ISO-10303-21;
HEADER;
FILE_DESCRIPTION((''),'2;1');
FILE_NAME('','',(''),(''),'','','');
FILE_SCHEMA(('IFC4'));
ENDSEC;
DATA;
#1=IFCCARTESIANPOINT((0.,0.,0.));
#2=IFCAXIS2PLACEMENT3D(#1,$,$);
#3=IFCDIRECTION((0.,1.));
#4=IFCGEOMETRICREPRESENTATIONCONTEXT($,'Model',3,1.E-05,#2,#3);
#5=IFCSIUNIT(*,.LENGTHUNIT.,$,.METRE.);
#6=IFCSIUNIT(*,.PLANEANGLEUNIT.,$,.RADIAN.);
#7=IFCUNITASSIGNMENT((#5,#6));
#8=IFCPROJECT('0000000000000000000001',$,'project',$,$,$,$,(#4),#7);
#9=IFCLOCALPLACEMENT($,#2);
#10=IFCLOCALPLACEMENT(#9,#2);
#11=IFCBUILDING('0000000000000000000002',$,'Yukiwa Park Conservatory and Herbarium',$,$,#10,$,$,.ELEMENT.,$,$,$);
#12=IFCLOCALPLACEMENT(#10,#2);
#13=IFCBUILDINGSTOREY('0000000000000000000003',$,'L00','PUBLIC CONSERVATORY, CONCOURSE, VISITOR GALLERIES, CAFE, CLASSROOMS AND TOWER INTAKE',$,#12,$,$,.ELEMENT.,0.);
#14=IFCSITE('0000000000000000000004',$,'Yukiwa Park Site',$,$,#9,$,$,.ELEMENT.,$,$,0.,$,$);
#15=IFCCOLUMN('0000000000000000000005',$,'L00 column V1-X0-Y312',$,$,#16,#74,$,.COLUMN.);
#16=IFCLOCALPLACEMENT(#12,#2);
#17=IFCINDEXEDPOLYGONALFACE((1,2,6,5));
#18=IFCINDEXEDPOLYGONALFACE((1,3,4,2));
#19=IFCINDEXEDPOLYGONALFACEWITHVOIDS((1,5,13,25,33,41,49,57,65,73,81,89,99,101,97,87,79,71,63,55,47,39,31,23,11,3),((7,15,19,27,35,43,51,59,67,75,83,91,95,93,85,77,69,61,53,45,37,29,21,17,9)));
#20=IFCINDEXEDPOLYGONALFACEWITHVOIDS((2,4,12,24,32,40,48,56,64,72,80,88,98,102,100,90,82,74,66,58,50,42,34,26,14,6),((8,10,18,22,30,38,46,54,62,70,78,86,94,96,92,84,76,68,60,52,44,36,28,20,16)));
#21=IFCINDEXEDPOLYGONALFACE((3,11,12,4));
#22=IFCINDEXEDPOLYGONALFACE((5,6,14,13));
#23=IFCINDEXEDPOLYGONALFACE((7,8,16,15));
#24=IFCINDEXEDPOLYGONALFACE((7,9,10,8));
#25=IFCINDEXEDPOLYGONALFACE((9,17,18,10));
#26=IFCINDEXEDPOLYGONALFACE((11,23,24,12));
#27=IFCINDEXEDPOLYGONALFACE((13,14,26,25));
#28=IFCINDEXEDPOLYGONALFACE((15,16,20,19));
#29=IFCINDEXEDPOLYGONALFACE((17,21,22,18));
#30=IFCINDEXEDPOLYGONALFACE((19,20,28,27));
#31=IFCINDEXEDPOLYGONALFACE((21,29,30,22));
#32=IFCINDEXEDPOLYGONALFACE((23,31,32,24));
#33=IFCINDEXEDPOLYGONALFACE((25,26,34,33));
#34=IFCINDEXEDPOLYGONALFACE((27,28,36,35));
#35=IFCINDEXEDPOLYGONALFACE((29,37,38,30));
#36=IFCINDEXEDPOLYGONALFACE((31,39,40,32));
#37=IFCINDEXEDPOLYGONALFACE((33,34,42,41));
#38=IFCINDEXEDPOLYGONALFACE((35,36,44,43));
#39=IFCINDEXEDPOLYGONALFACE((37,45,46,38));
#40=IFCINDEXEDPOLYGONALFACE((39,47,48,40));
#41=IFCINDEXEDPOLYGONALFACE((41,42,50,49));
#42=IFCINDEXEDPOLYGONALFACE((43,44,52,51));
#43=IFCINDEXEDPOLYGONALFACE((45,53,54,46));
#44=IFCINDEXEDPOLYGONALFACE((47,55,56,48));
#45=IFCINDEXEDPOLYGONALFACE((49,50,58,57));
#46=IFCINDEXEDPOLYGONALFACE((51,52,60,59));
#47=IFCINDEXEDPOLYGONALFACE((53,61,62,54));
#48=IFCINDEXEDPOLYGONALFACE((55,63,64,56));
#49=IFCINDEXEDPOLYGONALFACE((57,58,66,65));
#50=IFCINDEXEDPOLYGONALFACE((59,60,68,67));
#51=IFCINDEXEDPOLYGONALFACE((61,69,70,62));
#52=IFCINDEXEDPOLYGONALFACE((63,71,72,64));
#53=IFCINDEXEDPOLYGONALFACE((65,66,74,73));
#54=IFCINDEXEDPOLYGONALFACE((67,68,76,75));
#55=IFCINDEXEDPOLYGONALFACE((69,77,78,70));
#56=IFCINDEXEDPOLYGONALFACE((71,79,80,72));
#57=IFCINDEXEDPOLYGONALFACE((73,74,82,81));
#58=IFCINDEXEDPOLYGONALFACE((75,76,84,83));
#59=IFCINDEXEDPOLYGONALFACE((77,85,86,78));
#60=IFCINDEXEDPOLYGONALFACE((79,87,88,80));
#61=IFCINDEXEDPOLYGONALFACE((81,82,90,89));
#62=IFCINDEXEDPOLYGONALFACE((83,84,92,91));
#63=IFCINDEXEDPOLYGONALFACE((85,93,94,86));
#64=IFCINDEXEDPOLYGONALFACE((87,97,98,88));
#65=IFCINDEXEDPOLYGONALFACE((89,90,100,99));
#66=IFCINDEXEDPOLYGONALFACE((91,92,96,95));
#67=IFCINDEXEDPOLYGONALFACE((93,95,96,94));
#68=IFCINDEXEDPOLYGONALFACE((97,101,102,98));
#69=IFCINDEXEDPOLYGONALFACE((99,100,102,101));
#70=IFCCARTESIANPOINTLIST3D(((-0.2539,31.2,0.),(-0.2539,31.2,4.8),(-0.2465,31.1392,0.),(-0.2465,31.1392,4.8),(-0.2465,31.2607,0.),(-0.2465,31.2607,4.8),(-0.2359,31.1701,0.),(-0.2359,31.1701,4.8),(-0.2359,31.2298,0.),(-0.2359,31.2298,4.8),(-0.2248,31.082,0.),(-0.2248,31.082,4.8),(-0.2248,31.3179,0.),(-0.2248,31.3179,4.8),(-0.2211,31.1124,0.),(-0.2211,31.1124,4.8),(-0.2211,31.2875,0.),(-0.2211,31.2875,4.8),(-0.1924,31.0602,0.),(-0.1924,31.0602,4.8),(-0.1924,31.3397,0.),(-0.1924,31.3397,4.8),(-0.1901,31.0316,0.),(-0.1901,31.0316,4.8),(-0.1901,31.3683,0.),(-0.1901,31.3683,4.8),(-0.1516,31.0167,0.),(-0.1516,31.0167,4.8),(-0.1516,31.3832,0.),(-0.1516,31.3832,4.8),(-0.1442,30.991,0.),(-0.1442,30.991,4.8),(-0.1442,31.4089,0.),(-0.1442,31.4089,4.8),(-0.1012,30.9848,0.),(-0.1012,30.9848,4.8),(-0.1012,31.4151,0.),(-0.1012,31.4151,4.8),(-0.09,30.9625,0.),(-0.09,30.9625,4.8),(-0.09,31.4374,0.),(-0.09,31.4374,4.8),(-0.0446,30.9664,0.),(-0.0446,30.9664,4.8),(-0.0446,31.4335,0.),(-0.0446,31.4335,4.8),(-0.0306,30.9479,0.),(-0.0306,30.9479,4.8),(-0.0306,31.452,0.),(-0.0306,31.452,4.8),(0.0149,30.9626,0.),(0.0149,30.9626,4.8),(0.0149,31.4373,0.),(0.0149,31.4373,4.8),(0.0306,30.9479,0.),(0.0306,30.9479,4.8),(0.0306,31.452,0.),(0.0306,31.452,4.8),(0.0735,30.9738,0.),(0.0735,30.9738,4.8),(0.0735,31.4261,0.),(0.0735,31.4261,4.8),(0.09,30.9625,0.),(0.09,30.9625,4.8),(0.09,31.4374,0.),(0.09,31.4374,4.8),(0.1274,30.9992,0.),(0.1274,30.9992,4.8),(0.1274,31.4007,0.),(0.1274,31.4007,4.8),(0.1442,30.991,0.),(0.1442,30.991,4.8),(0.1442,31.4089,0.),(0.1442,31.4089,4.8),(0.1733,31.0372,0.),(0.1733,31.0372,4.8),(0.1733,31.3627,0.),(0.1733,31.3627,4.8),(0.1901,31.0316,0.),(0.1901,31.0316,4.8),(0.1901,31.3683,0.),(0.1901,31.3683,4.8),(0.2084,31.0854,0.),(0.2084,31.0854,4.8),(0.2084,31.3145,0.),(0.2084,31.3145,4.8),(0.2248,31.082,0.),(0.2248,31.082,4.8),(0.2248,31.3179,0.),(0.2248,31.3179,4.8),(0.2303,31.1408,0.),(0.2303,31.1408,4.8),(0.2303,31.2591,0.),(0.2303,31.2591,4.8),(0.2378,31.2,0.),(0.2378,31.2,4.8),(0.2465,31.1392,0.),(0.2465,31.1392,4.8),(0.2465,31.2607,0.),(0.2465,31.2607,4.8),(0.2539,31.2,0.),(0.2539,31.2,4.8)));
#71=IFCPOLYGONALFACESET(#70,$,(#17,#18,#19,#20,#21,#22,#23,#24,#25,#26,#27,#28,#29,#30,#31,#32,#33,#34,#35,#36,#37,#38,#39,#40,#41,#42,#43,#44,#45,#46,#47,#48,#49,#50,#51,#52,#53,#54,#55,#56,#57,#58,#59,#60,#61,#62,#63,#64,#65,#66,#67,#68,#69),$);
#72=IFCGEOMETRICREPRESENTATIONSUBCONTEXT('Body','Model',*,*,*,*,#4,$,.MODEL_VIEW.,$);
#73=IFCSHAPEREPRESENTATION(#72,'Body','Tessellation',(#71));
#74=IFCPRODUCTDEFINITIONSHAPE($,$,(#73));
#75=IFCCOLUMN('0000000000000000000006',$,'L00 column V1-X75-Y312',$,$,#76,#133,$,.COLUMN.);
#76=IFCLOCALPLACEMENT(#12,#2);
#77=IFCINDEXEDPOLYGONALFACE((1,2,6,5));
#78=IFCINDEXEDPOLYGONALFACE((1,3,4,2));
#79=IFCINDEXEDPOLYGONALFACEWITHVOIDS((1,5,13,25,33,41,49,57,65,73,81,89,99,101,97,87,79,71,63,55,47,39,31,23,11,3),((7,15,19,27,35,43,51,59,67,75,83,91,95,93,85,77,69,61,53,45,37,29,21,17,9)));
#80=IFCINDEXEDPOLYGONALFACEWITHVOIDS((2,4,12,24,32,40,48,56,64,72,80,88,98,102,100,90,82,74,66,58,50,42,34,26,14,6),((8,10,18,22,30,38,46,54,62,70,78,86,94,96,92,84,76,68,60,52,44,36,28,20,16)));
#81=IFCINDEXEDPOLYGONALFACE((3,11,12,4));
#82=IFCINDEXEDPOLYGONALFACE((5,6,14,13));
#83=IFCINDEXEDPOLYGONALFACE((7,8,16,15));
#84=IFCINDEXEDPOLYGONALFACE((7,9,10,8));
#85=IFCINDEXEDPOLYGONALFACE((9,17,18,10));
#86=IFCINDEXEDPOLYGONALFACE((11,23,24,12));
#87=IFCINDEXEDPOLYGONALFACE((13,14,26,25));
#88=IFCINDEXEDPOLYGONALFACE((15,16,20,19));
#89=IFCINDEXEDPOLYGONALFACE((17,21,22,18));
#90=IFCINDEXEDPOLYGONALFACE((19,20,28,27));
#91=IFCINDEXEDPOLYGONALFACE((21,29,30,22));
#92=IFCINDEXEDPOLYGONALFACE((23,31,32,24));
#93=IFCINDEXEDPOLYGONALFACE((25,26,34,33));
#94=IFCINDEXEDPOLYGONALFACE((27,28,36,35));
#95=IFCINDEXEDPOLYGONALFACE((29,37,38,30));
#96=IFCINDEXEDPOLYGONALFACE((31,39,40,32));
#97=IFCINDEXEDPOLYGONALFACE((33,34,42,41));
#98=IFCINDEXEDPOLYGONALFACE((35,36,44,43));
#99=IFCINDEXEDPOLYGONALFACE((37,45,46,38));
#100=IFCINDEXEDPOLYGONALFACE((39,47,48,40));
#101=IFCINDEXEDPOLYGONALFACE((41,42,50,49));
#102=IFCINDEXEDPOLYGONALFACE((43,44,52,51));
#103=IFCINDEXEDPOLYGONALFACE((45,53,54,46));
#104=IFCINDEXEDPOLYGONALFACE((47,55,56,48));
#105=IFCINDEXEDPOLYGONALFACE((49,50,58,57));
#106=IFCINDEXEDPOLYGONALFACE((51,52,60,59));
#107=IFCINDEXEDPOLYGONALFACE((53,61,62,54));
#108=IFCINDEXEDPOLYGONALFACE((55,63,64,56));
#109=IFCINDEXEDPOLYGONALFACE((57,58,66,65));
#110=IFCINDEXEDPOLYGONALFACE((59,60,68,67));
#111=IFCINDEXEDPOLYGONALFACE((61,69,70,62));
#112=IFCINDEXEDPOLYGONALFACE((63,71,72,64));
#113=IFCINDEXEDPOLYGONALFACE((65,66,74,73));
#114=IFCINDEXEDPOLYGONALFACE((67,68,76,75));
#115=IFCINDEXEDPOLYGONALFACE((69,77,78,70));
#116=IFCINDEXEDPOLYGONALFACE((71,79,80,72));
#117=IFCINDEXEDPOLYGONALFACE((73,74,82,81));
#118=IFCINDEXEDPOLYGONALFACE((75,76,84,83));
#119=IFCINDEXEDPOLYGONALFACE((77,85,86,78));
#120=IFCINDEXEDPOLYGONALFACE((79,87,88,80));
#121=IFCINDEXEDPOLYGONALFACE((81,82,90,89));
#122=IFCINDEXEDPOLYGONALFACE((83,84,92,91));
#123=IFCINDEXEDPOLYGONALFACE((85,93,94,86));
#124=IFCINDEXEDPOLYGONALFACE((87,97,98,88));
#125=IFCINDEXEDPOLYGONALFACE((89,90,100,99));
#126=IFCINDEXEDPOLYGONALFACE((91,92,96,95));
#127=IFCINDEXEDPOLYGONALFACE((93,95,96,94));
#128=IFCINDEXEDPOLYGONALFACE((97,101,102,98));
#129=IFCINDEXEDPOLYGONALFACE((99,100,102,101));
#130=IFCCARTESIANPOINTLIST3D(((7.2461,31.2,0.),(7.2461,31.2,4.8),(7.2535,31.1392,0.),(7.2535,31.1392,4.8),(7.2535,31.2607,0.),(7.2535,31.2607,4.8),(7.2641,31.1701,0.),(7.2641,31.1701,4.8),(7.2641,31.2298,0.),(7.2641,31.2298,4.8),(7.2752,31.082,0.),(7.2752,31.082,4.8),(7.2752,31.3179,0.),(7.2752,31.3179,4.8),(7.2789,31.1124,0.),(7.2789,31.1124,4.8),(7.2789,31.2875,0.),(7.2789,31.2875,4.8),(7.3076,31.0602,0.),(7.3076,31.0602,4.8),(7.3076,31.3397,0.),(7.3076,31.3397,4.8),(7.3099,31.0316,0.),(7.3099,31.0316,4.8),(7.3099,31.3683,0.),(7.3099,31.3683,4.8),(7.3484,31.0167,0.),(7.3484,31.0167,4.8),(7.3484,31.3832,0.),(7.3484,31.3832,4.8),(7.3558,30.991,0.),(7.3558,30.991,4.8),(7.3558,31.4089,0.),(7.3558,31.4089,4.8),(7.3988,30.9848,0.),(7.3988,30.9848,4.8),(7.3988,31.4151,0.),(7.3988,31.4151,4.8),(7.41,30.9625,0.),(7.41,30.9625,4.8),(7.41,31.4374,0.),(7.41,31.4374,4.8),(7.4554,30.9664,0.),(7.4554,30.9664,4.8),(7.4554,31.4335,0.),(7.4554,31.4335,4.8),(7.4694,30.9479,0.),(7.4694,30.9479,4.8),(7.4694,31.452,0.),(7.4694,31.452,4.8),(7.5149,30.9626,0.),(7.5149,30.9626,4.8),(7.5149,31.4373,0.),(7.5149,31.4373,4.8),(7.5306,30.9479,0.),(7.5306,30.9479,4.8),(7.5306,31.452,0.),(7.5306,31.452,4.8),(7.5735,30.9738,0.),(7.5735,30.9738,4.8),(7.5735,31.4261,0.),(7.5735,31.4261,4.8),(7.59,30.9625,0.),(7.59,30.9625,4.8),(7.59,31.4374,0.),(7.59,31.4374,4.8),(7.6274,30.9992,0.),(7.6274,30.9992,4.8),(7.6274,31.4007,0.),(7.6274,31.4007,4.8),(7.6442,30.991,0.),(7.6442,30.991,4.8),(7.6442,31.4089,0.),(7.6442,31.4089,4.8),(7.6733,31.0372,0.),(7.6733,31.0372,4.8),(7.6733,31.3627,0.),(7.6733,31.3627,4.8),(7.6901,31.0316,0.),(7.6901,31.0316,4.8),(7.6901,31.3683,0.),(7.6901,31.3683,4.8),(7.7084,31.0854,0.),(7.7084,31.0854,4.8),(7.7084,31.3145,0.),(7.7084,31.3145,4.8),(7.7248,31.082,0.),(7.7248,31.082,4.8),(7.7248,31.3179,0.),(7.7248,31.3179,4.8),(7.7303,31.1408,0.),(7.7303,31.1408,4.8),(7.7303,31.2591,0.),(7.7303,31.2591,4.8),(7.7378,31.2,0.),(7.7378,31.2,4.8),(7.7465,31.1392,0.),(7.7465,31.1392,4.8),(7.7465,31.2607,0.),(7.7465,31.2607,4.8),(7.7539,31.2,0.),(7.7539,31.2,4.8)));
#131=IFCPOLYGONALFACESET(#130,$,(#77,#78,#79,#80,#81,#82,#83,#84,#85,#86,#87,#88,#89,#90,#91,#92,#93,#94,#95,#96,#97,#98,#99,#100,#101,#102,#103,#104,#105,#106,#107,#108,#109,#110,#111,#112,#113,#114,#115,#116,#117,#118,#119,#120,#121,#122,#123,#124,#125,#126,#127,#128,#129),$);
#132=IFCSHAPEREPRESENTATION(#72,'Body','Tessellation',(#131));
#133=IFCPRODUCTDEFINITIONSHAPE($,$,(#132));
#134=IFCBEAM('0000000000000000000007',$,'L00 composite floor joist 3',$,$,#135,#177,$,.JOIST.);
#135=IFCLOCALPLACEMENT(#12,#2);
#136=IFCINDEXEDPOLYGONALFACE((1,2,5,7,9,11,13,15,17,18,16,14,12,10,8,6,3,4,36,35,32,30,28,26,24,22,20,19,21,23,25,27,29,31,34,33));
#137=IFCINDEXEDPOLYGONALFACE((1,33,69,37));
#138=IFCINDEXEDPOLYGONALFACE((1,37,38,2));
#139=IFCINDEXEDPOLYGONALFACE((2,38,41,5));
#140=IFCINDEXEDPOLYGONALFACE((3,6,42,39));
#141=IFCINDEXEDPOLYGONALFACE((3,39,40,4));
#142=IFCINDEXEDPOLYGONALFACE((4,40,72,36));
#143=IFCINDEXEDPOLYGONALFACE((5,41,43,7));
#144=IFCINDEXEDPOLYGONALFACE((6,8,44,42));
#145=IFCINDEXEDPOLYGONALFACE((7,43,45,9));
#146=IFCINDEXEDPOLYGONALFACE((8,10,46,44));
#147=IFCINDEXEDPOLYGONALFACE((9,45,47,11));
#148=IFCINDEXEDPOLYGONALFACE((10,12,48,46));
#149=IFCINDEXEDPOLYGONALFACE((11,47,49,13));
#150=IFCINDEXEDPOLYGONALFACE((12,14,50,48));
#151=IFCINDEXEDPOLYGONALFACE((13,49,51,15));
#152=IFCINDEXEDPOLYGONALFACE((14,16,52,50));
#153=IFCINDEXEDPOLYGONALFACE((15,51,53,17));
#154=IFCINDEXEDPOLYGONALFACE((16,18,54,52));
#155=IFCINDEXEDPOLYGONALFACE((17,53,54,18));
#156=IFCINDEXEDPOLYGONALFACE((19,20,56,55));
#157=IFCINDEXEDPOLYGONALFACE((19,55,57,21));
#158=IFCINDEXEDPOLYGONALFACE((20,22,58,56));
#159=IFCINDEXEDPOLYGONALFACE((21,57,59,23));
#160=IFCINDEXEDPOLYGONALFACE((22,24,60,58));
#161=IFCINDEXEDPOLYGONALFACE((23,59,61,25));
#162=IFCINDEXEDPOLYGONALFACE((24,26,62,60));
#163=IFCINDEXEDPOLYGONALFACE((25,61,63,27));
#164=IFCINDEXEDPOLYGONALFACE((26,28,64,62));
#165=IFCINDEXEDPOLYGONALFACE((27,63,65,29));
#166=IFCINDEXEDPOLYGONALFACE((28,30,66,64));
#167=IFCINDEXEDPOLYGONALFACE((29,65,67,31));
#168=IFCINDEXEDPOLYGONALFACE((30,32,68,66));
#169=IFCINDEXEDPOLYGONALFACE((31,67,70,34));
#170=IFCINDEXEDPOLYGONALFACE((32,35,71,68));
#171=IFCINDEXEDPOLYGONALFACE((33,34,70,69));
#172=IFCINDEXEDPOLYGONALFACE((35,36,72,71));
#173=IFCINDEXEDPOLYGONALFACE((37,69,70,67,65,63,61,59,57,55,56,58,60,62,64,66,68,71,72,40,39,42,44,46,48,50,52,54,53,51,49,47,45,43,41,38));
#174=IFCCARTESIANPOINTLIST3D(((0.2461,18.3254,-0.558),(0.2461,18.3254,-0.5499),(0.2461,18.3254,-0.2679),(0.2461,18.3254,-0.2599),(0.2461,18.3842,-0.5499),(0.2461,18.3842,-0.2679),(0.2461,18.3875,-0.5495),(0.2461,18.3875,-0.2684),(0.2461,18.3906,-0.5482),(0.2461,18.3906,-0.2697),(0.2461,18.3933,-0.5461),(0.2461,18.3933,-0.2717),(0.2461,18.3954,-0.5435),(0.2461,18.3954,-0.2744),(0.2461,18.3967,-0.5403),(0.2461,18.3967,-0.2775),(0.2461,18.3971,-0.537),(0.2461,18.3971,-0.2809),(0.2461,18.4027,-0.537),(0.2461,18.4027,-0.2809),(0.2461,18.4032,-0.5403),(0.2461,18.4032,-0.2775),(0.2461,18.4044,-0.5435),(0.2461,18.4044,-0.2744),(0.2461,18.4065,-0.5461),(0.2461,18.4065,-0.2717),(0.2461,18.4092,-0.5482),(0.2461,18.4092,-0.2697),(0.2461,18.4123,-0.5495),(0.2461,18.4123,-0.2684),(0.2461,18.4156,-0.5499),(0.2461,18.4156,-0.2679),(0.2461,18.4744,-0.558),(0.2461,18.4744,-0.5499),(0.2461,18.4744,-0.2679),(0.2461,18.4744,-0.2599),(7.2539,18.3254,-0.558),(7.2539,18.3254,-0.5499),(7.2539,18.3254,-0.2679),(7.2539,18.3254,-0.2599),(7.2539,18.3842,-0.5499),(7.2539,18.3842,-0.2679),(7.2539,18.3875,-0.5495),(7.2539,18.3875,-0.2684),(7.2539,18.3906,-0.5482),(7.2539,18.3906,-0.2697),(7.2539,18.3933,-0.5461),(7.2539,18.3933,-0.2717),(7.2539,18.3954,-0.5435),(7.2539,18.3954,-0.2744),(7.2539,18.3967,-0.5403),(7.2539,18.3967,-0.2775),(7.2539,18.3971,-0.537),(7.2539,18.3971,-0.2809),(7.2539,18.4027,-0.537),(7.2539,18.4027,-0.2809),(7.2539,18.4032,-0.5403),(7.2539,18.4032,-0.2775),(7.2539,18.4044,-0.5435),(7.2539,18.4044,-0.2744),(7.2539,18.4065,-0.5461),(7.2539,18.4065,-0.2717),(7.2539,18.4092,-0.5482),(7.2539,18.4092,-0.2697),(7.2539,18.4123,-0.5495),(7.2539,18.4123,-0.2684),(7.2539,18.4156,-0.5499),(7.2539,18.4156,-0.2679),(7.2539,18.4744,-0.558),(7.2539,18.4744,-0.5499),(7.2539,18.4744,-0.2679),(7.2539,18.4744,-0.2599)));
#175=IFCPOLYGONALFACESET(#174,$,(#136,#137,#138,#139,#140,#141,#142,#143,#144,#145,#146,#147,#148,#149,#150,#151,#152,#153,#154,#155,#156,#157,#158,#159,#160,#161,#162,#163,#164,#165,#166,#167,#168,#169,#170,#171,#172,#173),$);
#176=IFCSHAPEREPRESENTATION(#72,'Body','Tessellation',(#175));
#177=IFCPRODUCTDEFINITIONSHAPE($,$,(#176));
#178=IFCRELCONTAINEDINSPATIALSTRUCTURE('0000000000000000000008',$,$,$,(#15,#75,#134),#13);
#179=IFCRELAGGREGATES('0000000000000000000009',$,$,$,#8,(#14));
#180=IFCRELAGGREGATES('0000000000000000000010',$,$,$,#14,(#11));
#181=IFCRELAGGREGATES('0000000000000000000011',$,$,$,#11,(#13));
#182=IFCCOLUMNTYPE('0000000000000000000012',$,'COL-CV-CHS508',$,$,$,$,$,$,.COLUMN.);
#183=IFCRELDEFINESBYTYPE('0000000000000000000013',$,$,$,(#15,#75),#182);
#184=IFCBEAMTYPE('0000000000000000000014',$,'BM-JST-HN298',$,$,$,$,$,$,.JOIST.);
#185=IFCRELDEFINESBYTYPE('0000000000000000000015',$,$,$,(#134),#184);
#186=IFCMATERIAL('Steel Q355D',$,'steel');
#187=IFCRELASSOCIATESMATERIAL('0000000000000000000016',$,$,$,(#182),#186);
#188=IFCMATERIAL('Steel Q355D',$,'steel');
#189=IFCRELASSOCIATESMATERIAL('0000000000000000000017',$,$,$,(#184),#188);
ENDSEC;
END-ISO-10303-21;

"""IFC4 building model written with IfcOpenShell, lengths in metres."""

from ifc_helpers import new_model, si_unit, direction, frame, origin, origin_2d, place, context, subcontext, project, spatial, hollow_circle, i_section, extrude, material, material_profile, profile_set, type_object, element, save


model = new_model("IFC4")

# Units and contexts
model_context = context("Model", 3, precision=1e-05, world=origin(), true_north=direction((0.0, 1.0)))
body_context = subcontext(model_context, "Body", "Model", "MODEL_VIEW")
ifc_project = project(units=[si_unit("LENGTHUNIT", "METRE"), si_unit("PLANEANGLEUNIT", "RADIAN")], contexts=[model_context])

# Site, building, storey
site_placement = place(None, origin())
site = spatial("IfcSite", under=ifc_project, at=site_placement, Name="Yukiwa Park Site", CompositionType="ELEMENT", RefElevation=0.0)
building_placement = place(site_placement, origin())
building = spatial("IfcBuilding", under=site, at=building_placement, Name="Yukiwa Park Conservatory and Herbarium", CompositionType="ELEMENT")
storey_placement = place(building_placement, origin())
storey = spatial("IfcBuildingStorey", under=building, at=storey_placement, Name="L00", Description="PUBLIC CONSERVATORY, CONCOURSE, VISITOR GALLERIES, CAFE, CLASSROOMS AND TOWER INTAKE", CompositionType="ELEMENT", Elevation=0.0)

# Columns
ifc_material_1 = material(Name="Steel Q355D", Category="steel")
ifc_material_profile_1 = material_profile(ifc_material_1, hollow_circle(Radius=0.2539, WallThickness=0.0161, at=origin_2d()), Name="CHS 508x16")
ifc_profile_set_1 = profile_set([ifc_material_profile_1], Name="Steel Q355D")
column_type = type_object("IfcColumnType", Name="COL-CV-CHS508", PredefinedType="COLUMN", material=ifc_profile_set_1)
for number, where, z_axis, x_axis, name in (
    (1, (0.0, 31.2, 0.0), (0.0, 0.0, 1.0), (1.0, 0.0, 0.0), "L00 column V1-X0-Y312"),
    (2, (7.5, 31.2, 0.0), (0.0, 0.0, 1.0), (1.0, 0.0, 0.0), "L00 column V1-X75-Y312"),
):
    element("IfcColumn", number, at=place(storey_placement, frame(where, z_axis=z_axis, x_axis=x_axis)), inside=storey, type_object=column_type, Name=name, PredefinedType="COLUMN", context=body_context, shape_type="SweptSolid", body=[
        extrude(hollow_circle(Radius=0.2539, WallThickness=0.0161, at=origin_2d()), origin(), (0.0, 0.0, 1.0), 4.8),
    ])

# Beam
ifc_material_2 = material(Name="Steel Q355D", Category="steel")
ifc_material_profile_2 = material_profile(ifc_material_2, i_section(OverallWidth=0.1489, OverallDepth=0.2981, WebThickness=0.0056, FlangeThickness=0.0081, FilletRadius=0.0129, at=origin_2d()), Name="HN 298x149x5.5x8")
ifc_profile_set_2 = profile_set([ifc_material_profile_2], Name="Steel Q355D")
beam_type_1 = type_object("IfcBeamType", Name="BM-JST-HN298", PredefinedType="JOIST", material=ifc_profile_set_2)
for number, where, z_axis, x_axis, name in (
    (3, (0.2461, 18.3999, -0.4089), (1.0, 0.0, 0.0), (0.0, 1.0, 0.0), "L00 composite floor joist 3"),
):
    element("IfcBeam", number, at=place(storey_placement, frame(where, z_axis=z_axis, x_axis=x_axis)), inside=storey, type_object=beam_type_1, Name=name, PredefinedType="JOIST", context=body_context, shape_type="SweptSolid", body=[
        extrude(i_section(OverallWidth=0.1489, OverallDepth=0.2981, WebThickness=0.0056, FlangeThickness=0.0081, FilletRadius=0.0129, at=origin_2d()), origin(), (0.0, 0.0, 1.0), 7.0078),
    ])

save(model, "model.ifc")
